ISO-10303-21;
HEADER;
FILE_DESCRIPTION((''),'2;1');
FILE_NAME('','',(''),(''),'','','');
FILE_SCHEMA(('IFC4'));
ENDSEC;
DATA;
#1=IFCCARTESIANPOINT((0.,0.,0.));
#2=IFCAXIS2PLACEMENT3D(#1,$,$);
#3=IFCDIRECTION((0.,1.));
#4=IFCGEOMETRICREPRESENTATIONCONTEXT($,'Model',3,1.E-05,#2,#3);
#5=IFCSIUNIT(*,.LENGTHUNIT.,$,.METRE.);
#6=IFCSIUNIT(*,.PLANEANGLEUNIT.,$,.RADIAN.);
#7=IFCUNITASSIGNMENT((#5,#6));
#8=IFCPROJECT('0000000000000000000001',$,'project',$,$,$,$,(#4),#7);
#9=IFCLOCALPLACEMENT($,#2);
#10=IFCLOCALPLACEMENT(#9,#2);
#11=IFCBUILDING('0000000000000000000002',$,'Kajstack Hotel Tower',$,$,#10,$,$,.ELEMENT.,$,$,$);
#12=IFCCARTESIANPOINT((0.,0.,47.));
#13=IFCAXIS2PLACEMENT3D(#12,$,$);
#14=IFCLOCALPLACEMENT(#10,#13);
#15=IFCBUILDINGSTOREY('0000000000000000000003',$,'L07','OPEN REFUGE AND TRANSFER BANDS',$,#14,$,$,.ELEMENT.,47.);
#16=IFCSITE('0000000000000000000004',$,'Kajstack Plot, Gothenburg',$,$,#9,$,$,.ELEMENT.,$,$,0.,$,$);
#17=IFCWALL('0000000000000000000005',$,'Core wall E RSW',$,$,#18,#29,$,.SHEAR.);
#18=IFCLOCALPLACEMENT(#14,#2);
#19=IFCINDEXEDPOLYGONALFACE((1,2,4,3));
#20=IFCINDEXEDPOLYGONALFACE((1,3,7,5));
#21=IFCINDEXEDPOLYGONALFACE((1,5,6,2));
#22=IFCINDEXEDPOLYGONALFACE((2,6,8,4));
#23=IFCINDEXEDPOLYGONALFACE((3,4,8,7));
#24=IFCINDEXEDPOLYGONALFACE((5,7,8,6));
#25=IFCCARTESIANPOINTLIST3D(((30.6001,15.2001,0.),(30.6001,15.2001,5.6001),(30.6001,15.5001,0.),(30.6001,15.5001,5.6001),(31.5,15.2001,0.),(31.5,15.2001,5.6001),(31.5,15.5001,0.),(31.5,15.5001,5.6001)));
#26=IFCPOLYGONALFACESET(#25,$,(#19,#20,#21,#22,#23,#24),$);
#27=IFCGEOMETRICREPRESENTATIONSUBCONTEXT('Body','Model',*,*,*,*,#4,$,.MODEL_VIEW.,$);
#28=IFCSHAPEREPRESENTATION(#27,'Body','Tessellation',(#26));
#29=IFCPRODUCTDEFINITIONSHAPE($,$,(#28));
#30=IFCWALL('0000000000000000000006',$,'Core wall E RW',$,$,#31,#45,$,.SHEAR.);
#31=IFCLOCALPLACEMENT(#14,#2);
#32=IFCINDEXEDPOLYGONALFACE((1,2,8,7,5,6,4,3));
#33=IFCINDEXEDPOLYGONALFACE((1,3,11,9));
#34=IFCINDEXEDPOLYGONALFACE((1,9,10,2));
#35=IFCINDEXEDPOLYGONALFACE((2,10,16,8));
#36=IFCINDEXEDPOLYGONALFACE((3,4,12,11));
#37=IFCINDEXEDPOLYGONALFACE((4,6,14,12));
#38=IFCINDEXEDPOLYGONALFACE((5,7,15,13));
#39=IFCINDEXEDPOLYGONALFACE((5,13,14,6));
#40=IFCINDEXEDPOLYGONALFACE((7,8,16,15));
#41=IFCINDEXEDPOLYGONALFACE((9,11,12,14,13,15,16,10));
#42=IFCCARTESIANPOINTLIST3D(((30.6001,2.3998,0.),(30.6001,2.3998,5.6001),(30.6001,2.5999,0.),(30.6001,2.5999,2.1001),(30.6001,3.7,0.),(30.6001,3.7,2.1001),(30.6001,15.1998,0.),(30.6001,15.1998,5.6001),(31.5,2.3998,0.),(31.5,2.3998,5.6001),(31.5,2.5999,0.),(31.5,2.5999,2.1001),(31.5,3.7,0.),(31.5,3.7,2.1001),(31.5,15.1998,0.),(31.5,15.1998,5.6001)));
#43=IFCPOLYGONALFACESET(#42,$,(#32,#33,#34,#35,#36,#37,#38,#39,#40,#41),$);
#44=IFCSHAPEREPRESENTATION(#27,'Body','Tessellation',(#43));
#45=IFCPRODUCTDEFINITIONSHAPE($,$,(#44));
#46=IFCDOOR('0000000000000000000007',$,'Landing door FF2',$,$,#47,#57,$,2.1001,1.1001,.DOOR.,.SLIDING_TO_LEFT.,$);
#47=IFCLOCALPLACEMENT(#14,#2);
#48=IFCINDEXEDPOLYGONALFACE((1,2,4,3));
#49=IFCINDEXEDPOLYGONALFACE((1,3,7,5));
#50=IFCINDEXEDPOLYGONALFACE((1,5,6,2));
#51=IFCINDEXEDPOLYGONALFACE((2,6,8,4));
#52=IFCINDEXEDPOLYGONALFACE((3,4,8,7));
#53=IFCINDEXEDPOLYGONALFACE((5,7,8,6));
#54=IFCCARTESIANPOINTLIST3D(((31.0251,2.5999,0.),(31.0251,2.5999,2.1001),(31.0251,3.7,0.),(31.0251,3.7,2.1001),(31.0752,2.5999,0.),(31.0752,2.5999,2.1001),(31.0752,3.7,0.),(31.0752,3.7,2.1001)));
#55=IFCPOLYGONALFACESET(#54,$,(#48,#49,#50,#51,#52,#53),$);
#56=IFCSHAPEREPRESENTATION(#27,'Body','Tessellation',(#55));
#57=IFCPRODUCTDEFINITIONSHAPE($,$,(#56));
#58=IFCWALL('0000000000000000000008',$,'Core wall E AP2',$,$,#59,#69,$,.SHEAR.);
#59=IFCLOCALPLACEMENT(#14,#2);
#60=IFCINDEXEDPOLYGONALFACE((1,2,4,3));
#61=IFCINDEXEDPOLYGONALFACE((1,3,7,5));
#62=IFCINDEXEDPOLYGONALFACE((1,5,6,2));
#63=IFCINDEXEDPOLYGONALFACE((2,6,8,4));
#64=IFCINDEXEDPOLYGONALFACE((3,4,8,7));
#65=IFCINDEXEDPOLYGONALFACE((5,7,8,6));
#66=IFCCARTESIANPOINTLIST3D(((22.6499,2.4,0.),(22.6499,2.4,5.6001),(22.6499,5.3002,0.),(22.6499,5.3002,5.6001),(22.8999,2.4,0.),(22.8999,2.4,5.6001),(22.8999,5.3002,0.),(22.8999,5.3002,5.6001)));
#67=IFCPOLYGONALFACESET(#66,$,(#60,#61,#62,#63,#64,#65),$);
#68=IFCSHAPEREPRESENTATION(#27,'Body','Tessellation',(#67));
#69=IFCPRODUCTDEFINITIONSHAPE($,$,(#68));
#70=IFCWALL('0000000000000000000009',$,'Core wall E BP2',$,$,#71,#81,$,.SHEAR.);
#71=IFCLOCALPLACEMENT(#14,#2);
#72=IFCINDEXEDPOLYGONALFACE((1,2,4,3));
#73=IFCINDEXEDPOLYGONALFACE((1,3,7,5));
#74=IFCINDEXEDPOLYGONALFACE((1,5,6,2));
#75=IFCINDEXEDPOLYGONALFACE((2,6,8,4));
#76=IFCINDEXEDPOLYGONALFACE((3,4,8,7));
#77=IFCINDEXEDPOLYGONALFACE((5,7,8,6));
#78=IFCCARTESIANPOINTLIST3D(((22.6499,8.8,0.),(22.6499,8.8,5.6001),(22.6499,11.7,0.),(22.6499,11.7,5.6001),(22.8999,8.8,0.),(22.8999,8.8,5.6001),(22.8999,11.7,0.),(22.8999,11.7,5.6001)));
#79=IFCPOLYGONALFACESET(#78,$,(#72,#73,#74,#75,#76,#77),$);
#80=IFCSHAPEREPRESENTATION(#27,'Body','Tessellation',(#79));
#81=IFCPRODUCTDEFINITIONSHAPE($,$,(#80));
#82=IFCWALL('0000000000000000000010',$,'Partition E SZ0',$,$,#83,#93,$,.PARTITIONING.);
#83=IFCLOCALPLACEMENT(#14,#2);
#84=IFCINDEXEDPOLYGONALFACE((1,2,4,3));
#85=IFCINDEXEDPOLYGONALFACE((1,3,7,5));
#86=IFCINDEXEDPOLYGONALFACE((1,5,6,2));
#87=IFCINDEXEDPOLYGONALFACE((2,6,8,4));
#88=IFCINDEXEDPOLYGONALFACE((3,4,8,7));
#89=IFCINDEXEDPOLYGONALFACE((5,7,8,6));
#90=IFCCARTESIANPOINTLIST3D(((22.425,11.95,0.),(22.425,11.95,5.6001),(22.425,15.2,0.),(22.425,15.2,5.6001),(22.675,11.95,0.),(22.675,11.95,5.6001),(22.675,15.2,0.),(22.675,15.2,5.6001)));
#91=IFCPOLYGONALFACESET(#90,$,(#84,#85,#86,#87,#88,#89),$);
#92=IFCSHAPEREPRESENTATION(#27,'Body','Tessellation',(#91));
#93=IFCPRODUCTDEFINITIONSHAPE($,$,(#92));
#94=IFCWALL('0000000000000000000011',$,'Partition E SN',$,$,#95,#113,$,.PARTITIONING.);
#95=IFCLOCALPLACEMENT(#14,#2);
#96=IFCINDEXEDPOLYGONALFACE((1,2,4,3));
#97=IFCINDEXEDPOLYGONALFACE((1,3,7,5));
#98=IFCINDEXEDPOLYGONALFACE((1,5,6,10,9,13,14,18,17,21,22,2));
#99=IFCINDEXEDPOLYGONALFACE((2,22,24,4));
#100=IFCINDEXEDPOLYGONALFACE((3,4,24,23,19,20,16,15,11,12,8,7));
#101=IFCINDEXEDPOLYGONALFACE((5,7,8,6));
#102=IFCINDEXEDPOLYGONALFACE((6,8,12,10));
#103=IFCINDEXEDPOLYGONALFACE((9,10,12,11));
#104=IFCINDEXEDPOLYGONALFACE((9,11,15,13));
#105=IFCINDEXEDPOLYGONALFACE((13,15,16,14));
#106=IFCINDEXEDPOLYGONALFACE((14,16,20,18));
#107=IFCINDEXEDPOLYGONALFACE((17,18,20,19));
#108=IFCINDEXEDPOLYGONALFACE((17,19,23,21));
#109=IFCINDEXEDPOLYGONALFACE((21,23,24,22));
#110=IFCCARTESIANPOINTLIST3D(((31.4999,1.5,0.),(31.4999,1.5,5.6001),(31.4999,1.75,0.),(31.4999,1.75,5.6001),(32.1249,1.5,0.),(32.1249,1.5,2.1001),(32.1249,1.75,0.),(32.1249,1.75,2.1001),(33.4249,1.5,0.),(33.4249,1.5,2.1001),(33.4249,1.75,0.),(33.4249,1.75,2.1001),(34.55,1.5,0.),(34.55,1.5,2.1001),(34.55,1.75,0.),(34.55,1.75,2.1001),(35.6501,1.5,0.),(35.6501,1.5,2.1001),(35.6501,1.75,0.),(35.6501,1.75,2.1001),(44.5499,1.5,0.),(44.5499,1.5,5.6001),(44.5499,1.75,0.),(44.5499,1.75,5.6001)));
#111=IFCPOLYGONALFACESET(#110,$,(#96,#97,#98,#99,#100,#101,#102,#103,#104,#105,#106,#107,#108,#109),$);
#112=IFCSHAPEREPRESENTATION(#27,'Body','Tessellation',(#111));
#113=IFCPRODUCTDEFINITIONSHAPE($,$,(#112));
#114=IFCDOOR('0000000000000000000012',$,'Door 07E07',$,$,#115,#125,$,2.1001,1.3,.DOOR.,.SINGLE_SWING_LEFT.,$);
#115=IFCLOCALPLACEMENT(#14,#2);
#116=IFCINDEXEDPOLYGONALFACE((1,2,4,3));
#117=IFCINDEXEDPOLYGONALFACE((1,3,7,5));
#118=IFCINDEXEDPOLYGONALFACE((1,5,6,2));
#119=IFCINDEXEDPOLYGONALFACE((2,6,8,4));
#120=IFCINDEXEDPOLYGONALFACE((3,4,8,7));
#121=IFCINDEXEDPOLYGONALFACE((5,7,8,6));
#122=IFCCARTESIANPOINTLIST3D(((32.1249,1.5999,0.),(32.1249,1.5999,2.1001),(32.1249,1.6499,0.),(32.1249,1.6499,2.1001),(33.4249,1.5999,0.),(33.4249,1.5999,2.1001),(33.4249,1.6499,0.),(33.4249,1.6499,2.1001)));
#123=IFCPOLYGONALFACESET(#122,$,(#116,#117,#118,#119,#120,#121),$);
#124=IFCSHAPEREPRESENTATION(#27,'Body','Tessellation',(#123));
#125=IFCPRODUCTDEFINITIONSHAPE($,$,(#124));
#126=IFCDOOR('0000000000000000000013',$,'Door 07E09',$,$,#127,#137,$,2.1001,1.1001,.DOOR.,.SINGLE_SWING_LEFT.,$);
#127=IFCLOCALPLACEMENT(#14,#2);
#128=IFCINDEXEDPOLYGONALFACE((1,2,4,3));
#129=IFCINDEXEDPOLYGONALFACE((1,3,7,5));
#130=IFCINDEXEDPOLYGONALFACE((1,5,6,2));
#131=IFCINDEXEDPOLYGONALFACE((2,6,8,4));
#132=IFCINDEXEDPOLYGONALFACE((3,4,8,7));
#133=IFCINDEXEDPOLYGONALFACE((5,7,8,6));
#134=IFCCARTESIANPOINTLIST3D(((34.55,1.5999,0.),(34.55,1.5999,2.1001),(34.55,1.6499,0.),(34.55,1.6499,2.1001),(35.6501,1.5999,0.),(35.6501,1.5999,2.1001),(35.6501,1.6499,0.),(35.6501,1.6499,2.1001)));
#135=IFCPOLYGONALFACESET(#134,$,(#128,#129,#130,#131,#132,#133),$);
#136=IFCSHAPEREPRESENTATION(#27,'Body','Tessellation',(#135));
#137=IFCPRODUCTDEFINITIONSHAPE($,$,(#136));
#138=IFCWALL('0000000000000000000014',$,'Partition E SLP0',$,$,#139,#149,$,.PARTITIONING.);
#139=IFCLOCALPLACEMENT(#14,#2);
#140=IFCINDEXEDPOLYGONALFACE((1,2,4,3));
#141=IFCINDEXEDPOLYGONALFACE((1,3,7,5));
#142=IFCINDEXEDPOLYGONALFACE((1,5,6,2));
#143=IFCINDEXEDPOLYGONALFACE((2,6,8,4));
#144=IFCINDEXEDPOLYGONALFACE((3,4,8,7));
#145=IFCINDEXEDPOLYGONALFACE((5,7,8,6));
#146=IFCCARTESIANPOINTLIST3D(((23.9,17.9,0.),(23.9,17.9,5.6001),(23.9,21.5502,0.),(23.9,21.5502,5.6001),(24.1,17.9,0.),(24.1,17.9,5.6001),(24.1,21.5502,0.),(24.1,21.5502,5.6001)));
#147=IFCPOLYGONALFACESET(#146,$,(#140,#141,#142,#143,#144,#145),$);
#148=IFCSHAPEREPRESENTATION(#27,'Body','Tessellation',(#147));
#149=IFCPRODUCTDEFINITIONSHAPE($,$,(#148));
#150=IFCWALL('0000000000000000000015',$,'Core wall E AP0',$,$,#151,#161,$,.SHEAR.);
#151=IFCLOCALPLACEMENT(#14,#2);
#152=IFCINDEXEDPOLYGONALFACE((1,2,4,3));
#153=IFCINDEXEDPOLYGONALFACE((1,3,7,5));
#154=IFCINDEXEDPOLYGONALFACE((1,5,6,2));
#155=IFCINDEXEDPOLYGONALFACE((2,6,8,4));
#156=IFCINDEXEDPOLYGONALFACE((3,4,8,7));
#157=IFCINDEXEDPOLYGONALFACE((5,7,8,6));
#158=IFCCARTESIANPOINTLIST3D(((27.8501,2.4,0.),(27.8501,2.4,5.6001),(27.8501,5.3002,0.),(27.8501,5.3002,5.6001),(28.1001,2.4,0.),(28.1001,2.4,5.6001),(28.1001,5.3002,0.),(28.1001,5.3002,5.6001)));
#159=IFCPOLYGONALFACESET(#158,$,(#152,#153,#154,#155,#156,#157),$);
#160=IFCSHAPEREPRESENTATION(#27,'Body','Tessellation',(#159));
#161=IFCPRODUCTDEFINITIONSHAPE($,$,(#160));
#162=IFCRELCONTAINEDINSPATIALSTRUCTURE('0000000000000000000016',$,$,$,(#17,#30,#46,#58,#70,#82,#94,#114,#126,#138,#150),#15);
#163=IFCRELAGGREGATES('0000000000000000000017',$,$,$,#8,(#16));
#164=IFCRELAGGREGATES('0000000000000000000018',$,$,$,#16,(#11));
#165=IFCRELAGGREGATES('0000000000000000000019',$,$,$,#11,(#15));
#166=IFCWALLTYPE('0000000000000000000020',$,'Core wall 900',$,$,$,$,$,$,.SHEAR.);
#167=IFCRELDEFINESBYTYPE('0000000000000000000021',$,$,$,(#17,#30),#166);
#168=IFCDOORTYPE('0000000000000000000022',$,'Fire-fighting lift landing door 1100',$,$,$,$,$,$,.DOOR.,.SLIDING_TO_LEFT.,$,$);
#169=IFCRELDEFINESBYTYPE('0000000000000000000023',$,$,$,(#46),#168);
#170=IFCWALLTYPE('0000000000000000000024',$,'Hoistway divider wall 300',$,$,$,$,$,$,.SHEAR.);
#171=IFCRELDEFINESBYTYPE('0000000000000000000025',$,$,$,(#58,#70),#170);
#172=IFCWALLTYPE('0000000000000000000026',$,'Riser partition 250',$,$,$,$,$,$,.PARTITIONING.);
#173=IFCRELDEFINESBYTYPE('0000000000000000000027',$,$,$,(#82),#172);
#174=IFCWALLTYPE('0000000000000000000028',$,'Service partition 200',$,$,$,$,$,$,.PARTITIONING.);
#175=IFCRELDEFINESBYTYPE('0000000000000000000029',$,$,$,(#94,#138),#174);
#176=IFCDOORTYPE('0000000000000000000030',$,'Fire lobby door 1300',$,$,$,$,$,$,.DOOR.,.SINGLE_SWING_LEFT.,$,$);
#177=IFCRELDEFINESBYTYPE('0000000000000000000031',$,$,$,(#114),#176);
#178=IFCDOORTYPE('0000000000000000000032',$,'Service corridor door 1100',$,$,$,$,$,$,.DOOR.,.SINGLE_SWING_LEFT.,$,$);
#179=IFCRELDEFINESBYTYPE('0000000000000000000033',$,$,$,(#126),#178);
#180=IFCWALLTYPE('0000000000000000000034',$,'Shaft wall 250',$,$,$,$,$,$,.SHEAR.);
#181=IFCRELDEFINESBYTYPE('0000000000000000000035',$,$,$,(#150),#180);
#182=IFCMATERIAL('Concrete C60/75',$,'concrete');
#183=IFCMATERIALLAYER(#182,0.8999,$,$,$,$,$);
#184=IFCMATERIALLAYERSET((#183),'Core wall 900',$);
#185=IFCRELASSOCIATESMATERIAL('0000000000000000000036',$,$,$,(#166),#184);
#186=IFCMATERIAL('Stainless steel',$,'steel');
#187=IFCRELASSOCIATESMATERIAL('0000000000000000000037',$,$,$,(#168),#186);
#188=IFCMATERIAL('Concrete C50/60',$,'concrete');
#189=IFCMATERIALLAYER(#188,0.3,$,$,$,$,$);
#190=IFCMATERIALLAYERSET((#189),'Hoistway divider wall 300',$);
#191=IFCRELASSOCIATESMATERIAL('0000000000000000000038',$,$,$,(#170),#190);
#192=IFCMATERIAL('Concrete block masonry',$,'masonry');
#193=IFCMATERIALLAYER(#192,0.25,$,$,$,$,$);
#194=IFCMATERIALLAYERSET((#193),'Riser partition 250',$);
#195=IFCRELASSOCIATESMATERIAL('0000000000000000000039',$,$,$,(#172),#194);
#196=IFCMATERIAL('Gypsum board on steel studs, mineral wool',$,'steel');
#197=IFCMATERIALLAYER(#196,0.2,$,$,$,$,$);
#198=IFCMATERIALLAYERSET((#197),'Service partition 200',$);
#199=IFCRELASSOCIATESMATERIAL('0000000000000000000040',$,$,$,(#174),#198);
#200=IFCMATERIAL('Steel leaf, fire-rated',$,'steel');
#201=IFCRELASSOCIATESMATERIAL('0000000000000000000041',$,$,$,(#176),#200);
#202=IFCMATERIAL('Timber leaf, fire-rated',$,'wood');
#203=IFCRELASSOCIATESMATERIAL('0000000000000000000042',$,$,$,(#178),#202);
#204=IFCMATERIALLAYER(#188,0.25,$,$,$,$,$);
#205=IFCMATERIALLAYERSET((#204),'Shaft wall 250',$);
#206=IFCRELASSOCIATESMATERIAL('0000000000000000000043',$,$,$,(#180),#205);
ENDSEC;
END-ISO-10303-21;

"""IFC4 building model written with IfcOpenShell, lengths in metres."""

from ifc_helpers import new_model, si_unit, direction, frame, frame_2d, origin, place, context, subcontext, project, spatial, rectangle, extrude, material, layer, layer_set, type_object, element, fill, save


model = new_model("IFC4")

# Units and contexts
model_context = context("Model", 3, precision=1e-05, world=origin(), true_north=direction((0.0, 1.0)))
body_context = subcontext(model_context, "Body", "Model", "MODEL_VIEW")
ifc_project = project(units=[si_unit("LENGTHUNIT", "METRE"), si_unit("PLANEANGLEUNIT", "RADIAN")], contexts=[model_context])

# Site, building, storey
site_placement = place(None, origin())
site = spatial("IfcSite", under=ifc_project, at=site_placement, Name="Kajstack Plot, Gothenburg", CompositionType="ELEMENT", RefElevation=0.0)
building_placement = place(site_placement, origin())
building = spatial("IfcBuilding", under=site, at=building_placement, Name="Kajstack Hotel Tower", CompositionType="ELEMENT")
storey_placement = place(building_placement, frame((0.0, 0.0, 47.0)))
storey = spatial("IfcBuildingStorey", under=building, at=storey_placement, Name="L07", Description="OPEN REFUGE AND TRANSFER BANDS", CompositionType="ELEMENT", Elevation=47.0)

# Wall
ifc_material_1 = material(Name="Concrete C60/75", Category="concrete")
ifc_layer_1 = layer(ifc_material_1, 0.8999)
ifc_layer_set_1 = layer_set([ifc_layer_1], Name="Core wall 900")
wall_type_1 = type_object("IfcWallType", Name="Core wall 900", PredefinedType="SHEAR", material=ifc_layer_set_1)
wall_1_placement = place(storey_placement, frame((30.6001, 15.3501, 0.0), z_axis=(0.0, 0.0, 1.0), x_axis=(1.0, 0.0, 0.0)))
element("IfcWall", 1, at=wall_1_placement, inside=storey, type_object=wall_type_1, Name="Core wall E RSW", PredefinedType="SHEAR", context=body_context, shape_type="SweptSolid", body=[
    extrude(rectangle(XDim=0.8999, YDim=0.3, at=frame_2d((0.45, 0.0))), origin(), (0.0, 0.0, 1.0), 5.6001),
])

# Wall, opening, door
wall_2_placement = place(storey_placement, frame((31.05, 2.3999, 0.0), z_axis=(0.0, 0.0, 1.0), x_axis=(0.0, 1.0, 0.0)))
wall_2 = element("IfcWall", 2, at=wall_2_placement, inside=storey, type_object=wall_type_1, Name="Core wall E RW", PredefinedType="SHEAR", context=body_context, shape_type="SweptSolid", body=[
    extrude(rectangle(XDim=12.8, YDim=0.8999, at=frame_2d((6.3999, 0.0))), origin(), (0.0, 0.0, 1.0), 5.6001),
])
opening_1_placement = place(wall_2_placement, frame((0.2, 0.0, 0.0)))
opening_1 = element("IfcOpeningElement", 3, at=opening_1_placement, cuts=wall_2, PredefinedType="OPENING", context=body_context, shape_type="SweptSolid", body=[
    extrude(rectangle(XDim=1.1001, YDim=2.1001, at=frame_2d((0.55, 1.05))), frame((0.0, 0.46, 0.0), z_axis=(0.0, -1.0, 0.0), x_axis=(1.0, 0.0, 0.0)), (0.0, 0.0, 1.0), 0.9199),
])
ifc_material_2 = material(Name="Stainless steel", Category="steel")
door_type_1 = type_object("IfcDoorType", Name="Fire-fighting lift landing door 1100", OperationType="SLIDING_TO_LEFT", PredefinedType="DOOR", material=ifc_material_2)
door_1_placement = place(opening_1_placement, origin())
door_1 = element("IfcDoor", 4, at=door_1_placement, inside=storey, type_object=door_type_1, Name="Landing door FF2", OperationType="SLIDING_TO_LEFT", OverallHeight=2.1001, OverallWidth=1.1001, PredefinedType="DOOR", context=body_context, shape_type="SweptSolid", body=[
    extrude(rectangle(XDim=1.1001, YDim=2.1001, at=frame_2d((0.55, 1.05))), frame((0.0, 0.0249, 0.0), z_axis=(0.0, -1.0, 0.0), x_axis=(1.0, 0.0, 0.0)), (0.0, 0.0, 1.0), 0.05),
])
fill(opening_1, door_1)

# Walls
ifc_material_3 = material(Name="Concrete C50/60", Category="concrete")
ifc_layer_2 = layer(ifc_material_3, 0.3)
ifc_layer_set_2 = layer_set([ifc_layer_2], Name="Hoistway divider wall 300")
wall_type_2 = type_object("IfcWallType", Name="Hoistway divider wall 300", PredefinedType="SHEAR", material=ifc_layer_set_2)
wall_3_placement = place(storey_placement, frame((22.7749, 2.3999, 0.0), z_axis=(0.0, 0.0, 1.0), x_axis=(0.0, 1.0, 0.0)))
element("IfcWall", 5, at=wall_3_placement, inside=storey, type_object=wall_type_2, Name="Core wall E AP2", PredefinedType="SHEAR", context=body_context, shape_type="SweptSolid", body=[
    extrude(rectangle(XDim=2.9001, YDim=0.25, at=frame_2d((1.4502, 0.0))), origin(), (0.0, 0.0, 1.0), 5.6001),
])
wall_4_placement = place(storey_placement, frame((22.7749, 8.8, 0.0), z_axis=(0.0, 0.0, 1.0), x_axis=(0.0, 1.0, 0.0)))
element("IfcWall", 6, at=wall_4_placement, inside=storey, type_object=wall_type_2, Name="Core wall E BP2", PredefinedType="SHEAR", context=body_context, shape_type="SweptSolid", body=[
    extrude(rectangle(XDim=2.8999, YDim=0.25, at=frame_2d((1.45, 0.0))), origin(), (0.0, 0.0, 1.0), 5.6001),
])
ifc_material_4 = material(Name="Concrete block masonry", Category="masonry")
ifc_layer_3 = layer(ifc_material_4, 0.25)
ifc_layer_set_3 = layer_set([ifc_layer_3], Name="Riser partition 250")
wall_type_3 = type_object("IfcWallType", Name="Riser partition 250", PredefinedType="PARTITIONING", material=ifc_layer_set_3)
wall_5_placement = place(storey_placement, frame((22.55, 11.95, 0.0), z_axis=(0.0, 0.0, 1.0), x_axis=(0.0, 1.0, 0.0)))
element("IfcWall", 7, at=wall_5_placement, inside=storey, type_object=wall_type_3, Name="Partition E SZ0", PredefinedType="PARTITIONING", context=body_context, shape_type="SweptSolid", body=[
    extrude(rectangle(XDim=3.25, YDim=0.25, at=frame_2d((1.625, 0.0))), origin(), (0.0, 0.0, 1.0), 5.6001),
])

# Wall, openings, doors
ifc_material_5 = material(Name="Gypsum board on steel studs, mineral wool", Category="steel")
ifc_layer_4 = layer(ifc_material_5, 0.2)
ifc_layer_set_4 = layer_set([ifc_layer_4], Name="Service partition 200")
wall_type_4 = type_object("IfcWallType", Name="Service partition 200", PredefinedType="PARTITIONING", material=ifc_layer_set_4)
wall_6_placement = place(storey_placement, frame((31.5, 1.625, 0.0), z_axis=(0.0, 0.0, 1.0), x_axis=(1.0, 0.0, 0.0)))
wall_6 = element("IfcWall", 8, at=wall_6_placement, inside=storey, type_object=wall_type_4, Name="Partition E SN", PredefinedType="PARTITIONING", context=body_context, shape_type="SweptSolid", body=[
    extrude(rectangle(XDim=13.05, YDim=0.25, at=frame_2d((6.5249, 0.0))), origin(), (0.0, 0.0, 1.0), 5.6001),
])
opening_2_placement = place(wall_6_placement, frame((0.625, 0.0, 0.0)))
opening_2 = element("IfcOpeningElement", 9, at=opening_2_placement, cuts=wall_6, PredefinedType="OPENING", context=body_context, shape_type="SweptSolid", body=[
    extrude(rectangle(XDim=1.3, YDim=2.1001, at=frame_2d((0.6499, 1.05))), frame((0.0, 0.135, 0.0), z_axis=(0.0, -1.0, 0.0), x_axis=(1.0, 0.0, 0.0)), (0.0, 0.0, 1.0), 0.27),
])
opening_3_placement = place(wall_6_placement, frame((3.05, 0.0, 0.0)))
opening_3 = element("IfcOpeningElement", 10, at=opening_3_placement, cuts=wall_6, PredefinedType="OPENING", context=body_context, shape_type="SweptSolid", body=[
    extrude(rectangle(XDim=1.1001, YDim=2.1001, at=frame_2d((0.55, 1.05))), frame((0.0, 0.135, 0.0), z_axis=(0.0, -1.0, 0.0), x_axis=(1.0, 0.0, 0.0)), (0.0, 0.0, 1.0), 0.27),
])
ifc_material_6 = material(Name="Steel leaf, fire-rated", Category="steel")
door_type_2 = type_object("IfcDoorType", Name="Fire lobby door 1300", OperationType="SINGLE_SWING_LEFT", PredefinedType="DOOR", material=ifc_material_6)
door_2_placement = place(opening_2_placement, origin())
door_2 = element("IfcDoor", 11, at=door_2_placement, inside=storey, type_object=door_type_2, Name="Door 07E07", OperationType="SINGLE_SWING_LEFT", OverallHeight=2.1001, OverallWidth=1.3, PredefinedType="DOOR", context=body_context, shape_type="SweptSolid", body=[
    extrude(rectangle(XDim=1.3, YDim=2.1001, at=frame_2d((0.6499, 1.05))), frame((0.0, 0.0249, 0.0), z_axis=(0.0, -1.0, 0.0), x_axis=(1.0, 0.0, 0.0)), (0.0, 0.0, 1.0), 0.05),
])
fill(opening_2, door_2)
ifc_material_7 = material(Name="Timber leaf, fire-rated", Category="wood")
door_type_3 = type_object("IfcDoorType", Name="Service corridor door 1100", OperationType="SINGLE_SWING_LEFT", PredefinedType="DOOR", material=ifc_material_7)
door_3_placement = place(opening_3_placement, origin())
door_3 = element("IfcDoor", 12, at=door_3_placement, inside=storey, type_object=door_type_3, Name="Door 07E09", OperationType="SINGLE_SWING_LEFT", OverallHeight=2.1001, OverallWidth=1.1001, PredefinedType="DOOR", context=body_context, shape_type="SweptSolid", body=[
    extrude(rectangle(XDim=1.1001, YDim=2.1001, at=frame_2d((0.55, 1.05))), frame((0.0, 0.0249, 0.0), z_axis=(0.0, -1.0, 0.0), x_axis=(1.0, 0.0, 0.0)), (0.0, 0.0, 1.0), 0.05),
])
fill(opening_3, door_3)

# Walls
wall_7_placement = place(storey_placement, frame((24.0, 17.8999, 0.0), z_axis=(0.0, 0.0, 1.0), x_axis=(0.0, 1.0, 0.0)))
element("IfcWall", 13, at=wall_7_placement, inside=storey, type_object=wall_type_4, Name="Partition E SLP0", PredefinedType="PARTITIONING", context=body_context, shape_type="SweptSolid", body=[
    extrude(rectangle(XDim=3.6501, YDim=0.2, at=frame_2d((1.8252, 0.0))), origin(), (0.0, 0.0, 1.0), 5.6001),
])
ifc_layer_5 = layer(ifc_material_3, 0.25)
ifc_layer_set_5 = layer_set([ifc_layer_5], Name="Shaft wall 250")
wall_type_5 = type_object("IfcWallType", Name="Shaft wall 250", PredefinedType="SHEAR", material=ifc_layer_set_5)
wall_8_placement = place(storey_placement, frame((27.9751, 2.3999, 0.0), z_axis=(0.0, 0.0, 1.0), x_axis=(0.0, 1.0, 0.0)))
element("IfcWall", 14, at=wall_8_placement, inside=storey, type_object=wall_type_5, Name="Core wall E AP0", PredefinedType="SHEAR", context=body_context, shape_type="SweptSolid", body=[
    extrude(rectangle(XDim=2.9001, YDim=0.25, at=frame_2d((1.4502, 0.0))), origin(), (0.0, 0.0, 1.0), 5.6001),
])

save(model, "model.ifc")
